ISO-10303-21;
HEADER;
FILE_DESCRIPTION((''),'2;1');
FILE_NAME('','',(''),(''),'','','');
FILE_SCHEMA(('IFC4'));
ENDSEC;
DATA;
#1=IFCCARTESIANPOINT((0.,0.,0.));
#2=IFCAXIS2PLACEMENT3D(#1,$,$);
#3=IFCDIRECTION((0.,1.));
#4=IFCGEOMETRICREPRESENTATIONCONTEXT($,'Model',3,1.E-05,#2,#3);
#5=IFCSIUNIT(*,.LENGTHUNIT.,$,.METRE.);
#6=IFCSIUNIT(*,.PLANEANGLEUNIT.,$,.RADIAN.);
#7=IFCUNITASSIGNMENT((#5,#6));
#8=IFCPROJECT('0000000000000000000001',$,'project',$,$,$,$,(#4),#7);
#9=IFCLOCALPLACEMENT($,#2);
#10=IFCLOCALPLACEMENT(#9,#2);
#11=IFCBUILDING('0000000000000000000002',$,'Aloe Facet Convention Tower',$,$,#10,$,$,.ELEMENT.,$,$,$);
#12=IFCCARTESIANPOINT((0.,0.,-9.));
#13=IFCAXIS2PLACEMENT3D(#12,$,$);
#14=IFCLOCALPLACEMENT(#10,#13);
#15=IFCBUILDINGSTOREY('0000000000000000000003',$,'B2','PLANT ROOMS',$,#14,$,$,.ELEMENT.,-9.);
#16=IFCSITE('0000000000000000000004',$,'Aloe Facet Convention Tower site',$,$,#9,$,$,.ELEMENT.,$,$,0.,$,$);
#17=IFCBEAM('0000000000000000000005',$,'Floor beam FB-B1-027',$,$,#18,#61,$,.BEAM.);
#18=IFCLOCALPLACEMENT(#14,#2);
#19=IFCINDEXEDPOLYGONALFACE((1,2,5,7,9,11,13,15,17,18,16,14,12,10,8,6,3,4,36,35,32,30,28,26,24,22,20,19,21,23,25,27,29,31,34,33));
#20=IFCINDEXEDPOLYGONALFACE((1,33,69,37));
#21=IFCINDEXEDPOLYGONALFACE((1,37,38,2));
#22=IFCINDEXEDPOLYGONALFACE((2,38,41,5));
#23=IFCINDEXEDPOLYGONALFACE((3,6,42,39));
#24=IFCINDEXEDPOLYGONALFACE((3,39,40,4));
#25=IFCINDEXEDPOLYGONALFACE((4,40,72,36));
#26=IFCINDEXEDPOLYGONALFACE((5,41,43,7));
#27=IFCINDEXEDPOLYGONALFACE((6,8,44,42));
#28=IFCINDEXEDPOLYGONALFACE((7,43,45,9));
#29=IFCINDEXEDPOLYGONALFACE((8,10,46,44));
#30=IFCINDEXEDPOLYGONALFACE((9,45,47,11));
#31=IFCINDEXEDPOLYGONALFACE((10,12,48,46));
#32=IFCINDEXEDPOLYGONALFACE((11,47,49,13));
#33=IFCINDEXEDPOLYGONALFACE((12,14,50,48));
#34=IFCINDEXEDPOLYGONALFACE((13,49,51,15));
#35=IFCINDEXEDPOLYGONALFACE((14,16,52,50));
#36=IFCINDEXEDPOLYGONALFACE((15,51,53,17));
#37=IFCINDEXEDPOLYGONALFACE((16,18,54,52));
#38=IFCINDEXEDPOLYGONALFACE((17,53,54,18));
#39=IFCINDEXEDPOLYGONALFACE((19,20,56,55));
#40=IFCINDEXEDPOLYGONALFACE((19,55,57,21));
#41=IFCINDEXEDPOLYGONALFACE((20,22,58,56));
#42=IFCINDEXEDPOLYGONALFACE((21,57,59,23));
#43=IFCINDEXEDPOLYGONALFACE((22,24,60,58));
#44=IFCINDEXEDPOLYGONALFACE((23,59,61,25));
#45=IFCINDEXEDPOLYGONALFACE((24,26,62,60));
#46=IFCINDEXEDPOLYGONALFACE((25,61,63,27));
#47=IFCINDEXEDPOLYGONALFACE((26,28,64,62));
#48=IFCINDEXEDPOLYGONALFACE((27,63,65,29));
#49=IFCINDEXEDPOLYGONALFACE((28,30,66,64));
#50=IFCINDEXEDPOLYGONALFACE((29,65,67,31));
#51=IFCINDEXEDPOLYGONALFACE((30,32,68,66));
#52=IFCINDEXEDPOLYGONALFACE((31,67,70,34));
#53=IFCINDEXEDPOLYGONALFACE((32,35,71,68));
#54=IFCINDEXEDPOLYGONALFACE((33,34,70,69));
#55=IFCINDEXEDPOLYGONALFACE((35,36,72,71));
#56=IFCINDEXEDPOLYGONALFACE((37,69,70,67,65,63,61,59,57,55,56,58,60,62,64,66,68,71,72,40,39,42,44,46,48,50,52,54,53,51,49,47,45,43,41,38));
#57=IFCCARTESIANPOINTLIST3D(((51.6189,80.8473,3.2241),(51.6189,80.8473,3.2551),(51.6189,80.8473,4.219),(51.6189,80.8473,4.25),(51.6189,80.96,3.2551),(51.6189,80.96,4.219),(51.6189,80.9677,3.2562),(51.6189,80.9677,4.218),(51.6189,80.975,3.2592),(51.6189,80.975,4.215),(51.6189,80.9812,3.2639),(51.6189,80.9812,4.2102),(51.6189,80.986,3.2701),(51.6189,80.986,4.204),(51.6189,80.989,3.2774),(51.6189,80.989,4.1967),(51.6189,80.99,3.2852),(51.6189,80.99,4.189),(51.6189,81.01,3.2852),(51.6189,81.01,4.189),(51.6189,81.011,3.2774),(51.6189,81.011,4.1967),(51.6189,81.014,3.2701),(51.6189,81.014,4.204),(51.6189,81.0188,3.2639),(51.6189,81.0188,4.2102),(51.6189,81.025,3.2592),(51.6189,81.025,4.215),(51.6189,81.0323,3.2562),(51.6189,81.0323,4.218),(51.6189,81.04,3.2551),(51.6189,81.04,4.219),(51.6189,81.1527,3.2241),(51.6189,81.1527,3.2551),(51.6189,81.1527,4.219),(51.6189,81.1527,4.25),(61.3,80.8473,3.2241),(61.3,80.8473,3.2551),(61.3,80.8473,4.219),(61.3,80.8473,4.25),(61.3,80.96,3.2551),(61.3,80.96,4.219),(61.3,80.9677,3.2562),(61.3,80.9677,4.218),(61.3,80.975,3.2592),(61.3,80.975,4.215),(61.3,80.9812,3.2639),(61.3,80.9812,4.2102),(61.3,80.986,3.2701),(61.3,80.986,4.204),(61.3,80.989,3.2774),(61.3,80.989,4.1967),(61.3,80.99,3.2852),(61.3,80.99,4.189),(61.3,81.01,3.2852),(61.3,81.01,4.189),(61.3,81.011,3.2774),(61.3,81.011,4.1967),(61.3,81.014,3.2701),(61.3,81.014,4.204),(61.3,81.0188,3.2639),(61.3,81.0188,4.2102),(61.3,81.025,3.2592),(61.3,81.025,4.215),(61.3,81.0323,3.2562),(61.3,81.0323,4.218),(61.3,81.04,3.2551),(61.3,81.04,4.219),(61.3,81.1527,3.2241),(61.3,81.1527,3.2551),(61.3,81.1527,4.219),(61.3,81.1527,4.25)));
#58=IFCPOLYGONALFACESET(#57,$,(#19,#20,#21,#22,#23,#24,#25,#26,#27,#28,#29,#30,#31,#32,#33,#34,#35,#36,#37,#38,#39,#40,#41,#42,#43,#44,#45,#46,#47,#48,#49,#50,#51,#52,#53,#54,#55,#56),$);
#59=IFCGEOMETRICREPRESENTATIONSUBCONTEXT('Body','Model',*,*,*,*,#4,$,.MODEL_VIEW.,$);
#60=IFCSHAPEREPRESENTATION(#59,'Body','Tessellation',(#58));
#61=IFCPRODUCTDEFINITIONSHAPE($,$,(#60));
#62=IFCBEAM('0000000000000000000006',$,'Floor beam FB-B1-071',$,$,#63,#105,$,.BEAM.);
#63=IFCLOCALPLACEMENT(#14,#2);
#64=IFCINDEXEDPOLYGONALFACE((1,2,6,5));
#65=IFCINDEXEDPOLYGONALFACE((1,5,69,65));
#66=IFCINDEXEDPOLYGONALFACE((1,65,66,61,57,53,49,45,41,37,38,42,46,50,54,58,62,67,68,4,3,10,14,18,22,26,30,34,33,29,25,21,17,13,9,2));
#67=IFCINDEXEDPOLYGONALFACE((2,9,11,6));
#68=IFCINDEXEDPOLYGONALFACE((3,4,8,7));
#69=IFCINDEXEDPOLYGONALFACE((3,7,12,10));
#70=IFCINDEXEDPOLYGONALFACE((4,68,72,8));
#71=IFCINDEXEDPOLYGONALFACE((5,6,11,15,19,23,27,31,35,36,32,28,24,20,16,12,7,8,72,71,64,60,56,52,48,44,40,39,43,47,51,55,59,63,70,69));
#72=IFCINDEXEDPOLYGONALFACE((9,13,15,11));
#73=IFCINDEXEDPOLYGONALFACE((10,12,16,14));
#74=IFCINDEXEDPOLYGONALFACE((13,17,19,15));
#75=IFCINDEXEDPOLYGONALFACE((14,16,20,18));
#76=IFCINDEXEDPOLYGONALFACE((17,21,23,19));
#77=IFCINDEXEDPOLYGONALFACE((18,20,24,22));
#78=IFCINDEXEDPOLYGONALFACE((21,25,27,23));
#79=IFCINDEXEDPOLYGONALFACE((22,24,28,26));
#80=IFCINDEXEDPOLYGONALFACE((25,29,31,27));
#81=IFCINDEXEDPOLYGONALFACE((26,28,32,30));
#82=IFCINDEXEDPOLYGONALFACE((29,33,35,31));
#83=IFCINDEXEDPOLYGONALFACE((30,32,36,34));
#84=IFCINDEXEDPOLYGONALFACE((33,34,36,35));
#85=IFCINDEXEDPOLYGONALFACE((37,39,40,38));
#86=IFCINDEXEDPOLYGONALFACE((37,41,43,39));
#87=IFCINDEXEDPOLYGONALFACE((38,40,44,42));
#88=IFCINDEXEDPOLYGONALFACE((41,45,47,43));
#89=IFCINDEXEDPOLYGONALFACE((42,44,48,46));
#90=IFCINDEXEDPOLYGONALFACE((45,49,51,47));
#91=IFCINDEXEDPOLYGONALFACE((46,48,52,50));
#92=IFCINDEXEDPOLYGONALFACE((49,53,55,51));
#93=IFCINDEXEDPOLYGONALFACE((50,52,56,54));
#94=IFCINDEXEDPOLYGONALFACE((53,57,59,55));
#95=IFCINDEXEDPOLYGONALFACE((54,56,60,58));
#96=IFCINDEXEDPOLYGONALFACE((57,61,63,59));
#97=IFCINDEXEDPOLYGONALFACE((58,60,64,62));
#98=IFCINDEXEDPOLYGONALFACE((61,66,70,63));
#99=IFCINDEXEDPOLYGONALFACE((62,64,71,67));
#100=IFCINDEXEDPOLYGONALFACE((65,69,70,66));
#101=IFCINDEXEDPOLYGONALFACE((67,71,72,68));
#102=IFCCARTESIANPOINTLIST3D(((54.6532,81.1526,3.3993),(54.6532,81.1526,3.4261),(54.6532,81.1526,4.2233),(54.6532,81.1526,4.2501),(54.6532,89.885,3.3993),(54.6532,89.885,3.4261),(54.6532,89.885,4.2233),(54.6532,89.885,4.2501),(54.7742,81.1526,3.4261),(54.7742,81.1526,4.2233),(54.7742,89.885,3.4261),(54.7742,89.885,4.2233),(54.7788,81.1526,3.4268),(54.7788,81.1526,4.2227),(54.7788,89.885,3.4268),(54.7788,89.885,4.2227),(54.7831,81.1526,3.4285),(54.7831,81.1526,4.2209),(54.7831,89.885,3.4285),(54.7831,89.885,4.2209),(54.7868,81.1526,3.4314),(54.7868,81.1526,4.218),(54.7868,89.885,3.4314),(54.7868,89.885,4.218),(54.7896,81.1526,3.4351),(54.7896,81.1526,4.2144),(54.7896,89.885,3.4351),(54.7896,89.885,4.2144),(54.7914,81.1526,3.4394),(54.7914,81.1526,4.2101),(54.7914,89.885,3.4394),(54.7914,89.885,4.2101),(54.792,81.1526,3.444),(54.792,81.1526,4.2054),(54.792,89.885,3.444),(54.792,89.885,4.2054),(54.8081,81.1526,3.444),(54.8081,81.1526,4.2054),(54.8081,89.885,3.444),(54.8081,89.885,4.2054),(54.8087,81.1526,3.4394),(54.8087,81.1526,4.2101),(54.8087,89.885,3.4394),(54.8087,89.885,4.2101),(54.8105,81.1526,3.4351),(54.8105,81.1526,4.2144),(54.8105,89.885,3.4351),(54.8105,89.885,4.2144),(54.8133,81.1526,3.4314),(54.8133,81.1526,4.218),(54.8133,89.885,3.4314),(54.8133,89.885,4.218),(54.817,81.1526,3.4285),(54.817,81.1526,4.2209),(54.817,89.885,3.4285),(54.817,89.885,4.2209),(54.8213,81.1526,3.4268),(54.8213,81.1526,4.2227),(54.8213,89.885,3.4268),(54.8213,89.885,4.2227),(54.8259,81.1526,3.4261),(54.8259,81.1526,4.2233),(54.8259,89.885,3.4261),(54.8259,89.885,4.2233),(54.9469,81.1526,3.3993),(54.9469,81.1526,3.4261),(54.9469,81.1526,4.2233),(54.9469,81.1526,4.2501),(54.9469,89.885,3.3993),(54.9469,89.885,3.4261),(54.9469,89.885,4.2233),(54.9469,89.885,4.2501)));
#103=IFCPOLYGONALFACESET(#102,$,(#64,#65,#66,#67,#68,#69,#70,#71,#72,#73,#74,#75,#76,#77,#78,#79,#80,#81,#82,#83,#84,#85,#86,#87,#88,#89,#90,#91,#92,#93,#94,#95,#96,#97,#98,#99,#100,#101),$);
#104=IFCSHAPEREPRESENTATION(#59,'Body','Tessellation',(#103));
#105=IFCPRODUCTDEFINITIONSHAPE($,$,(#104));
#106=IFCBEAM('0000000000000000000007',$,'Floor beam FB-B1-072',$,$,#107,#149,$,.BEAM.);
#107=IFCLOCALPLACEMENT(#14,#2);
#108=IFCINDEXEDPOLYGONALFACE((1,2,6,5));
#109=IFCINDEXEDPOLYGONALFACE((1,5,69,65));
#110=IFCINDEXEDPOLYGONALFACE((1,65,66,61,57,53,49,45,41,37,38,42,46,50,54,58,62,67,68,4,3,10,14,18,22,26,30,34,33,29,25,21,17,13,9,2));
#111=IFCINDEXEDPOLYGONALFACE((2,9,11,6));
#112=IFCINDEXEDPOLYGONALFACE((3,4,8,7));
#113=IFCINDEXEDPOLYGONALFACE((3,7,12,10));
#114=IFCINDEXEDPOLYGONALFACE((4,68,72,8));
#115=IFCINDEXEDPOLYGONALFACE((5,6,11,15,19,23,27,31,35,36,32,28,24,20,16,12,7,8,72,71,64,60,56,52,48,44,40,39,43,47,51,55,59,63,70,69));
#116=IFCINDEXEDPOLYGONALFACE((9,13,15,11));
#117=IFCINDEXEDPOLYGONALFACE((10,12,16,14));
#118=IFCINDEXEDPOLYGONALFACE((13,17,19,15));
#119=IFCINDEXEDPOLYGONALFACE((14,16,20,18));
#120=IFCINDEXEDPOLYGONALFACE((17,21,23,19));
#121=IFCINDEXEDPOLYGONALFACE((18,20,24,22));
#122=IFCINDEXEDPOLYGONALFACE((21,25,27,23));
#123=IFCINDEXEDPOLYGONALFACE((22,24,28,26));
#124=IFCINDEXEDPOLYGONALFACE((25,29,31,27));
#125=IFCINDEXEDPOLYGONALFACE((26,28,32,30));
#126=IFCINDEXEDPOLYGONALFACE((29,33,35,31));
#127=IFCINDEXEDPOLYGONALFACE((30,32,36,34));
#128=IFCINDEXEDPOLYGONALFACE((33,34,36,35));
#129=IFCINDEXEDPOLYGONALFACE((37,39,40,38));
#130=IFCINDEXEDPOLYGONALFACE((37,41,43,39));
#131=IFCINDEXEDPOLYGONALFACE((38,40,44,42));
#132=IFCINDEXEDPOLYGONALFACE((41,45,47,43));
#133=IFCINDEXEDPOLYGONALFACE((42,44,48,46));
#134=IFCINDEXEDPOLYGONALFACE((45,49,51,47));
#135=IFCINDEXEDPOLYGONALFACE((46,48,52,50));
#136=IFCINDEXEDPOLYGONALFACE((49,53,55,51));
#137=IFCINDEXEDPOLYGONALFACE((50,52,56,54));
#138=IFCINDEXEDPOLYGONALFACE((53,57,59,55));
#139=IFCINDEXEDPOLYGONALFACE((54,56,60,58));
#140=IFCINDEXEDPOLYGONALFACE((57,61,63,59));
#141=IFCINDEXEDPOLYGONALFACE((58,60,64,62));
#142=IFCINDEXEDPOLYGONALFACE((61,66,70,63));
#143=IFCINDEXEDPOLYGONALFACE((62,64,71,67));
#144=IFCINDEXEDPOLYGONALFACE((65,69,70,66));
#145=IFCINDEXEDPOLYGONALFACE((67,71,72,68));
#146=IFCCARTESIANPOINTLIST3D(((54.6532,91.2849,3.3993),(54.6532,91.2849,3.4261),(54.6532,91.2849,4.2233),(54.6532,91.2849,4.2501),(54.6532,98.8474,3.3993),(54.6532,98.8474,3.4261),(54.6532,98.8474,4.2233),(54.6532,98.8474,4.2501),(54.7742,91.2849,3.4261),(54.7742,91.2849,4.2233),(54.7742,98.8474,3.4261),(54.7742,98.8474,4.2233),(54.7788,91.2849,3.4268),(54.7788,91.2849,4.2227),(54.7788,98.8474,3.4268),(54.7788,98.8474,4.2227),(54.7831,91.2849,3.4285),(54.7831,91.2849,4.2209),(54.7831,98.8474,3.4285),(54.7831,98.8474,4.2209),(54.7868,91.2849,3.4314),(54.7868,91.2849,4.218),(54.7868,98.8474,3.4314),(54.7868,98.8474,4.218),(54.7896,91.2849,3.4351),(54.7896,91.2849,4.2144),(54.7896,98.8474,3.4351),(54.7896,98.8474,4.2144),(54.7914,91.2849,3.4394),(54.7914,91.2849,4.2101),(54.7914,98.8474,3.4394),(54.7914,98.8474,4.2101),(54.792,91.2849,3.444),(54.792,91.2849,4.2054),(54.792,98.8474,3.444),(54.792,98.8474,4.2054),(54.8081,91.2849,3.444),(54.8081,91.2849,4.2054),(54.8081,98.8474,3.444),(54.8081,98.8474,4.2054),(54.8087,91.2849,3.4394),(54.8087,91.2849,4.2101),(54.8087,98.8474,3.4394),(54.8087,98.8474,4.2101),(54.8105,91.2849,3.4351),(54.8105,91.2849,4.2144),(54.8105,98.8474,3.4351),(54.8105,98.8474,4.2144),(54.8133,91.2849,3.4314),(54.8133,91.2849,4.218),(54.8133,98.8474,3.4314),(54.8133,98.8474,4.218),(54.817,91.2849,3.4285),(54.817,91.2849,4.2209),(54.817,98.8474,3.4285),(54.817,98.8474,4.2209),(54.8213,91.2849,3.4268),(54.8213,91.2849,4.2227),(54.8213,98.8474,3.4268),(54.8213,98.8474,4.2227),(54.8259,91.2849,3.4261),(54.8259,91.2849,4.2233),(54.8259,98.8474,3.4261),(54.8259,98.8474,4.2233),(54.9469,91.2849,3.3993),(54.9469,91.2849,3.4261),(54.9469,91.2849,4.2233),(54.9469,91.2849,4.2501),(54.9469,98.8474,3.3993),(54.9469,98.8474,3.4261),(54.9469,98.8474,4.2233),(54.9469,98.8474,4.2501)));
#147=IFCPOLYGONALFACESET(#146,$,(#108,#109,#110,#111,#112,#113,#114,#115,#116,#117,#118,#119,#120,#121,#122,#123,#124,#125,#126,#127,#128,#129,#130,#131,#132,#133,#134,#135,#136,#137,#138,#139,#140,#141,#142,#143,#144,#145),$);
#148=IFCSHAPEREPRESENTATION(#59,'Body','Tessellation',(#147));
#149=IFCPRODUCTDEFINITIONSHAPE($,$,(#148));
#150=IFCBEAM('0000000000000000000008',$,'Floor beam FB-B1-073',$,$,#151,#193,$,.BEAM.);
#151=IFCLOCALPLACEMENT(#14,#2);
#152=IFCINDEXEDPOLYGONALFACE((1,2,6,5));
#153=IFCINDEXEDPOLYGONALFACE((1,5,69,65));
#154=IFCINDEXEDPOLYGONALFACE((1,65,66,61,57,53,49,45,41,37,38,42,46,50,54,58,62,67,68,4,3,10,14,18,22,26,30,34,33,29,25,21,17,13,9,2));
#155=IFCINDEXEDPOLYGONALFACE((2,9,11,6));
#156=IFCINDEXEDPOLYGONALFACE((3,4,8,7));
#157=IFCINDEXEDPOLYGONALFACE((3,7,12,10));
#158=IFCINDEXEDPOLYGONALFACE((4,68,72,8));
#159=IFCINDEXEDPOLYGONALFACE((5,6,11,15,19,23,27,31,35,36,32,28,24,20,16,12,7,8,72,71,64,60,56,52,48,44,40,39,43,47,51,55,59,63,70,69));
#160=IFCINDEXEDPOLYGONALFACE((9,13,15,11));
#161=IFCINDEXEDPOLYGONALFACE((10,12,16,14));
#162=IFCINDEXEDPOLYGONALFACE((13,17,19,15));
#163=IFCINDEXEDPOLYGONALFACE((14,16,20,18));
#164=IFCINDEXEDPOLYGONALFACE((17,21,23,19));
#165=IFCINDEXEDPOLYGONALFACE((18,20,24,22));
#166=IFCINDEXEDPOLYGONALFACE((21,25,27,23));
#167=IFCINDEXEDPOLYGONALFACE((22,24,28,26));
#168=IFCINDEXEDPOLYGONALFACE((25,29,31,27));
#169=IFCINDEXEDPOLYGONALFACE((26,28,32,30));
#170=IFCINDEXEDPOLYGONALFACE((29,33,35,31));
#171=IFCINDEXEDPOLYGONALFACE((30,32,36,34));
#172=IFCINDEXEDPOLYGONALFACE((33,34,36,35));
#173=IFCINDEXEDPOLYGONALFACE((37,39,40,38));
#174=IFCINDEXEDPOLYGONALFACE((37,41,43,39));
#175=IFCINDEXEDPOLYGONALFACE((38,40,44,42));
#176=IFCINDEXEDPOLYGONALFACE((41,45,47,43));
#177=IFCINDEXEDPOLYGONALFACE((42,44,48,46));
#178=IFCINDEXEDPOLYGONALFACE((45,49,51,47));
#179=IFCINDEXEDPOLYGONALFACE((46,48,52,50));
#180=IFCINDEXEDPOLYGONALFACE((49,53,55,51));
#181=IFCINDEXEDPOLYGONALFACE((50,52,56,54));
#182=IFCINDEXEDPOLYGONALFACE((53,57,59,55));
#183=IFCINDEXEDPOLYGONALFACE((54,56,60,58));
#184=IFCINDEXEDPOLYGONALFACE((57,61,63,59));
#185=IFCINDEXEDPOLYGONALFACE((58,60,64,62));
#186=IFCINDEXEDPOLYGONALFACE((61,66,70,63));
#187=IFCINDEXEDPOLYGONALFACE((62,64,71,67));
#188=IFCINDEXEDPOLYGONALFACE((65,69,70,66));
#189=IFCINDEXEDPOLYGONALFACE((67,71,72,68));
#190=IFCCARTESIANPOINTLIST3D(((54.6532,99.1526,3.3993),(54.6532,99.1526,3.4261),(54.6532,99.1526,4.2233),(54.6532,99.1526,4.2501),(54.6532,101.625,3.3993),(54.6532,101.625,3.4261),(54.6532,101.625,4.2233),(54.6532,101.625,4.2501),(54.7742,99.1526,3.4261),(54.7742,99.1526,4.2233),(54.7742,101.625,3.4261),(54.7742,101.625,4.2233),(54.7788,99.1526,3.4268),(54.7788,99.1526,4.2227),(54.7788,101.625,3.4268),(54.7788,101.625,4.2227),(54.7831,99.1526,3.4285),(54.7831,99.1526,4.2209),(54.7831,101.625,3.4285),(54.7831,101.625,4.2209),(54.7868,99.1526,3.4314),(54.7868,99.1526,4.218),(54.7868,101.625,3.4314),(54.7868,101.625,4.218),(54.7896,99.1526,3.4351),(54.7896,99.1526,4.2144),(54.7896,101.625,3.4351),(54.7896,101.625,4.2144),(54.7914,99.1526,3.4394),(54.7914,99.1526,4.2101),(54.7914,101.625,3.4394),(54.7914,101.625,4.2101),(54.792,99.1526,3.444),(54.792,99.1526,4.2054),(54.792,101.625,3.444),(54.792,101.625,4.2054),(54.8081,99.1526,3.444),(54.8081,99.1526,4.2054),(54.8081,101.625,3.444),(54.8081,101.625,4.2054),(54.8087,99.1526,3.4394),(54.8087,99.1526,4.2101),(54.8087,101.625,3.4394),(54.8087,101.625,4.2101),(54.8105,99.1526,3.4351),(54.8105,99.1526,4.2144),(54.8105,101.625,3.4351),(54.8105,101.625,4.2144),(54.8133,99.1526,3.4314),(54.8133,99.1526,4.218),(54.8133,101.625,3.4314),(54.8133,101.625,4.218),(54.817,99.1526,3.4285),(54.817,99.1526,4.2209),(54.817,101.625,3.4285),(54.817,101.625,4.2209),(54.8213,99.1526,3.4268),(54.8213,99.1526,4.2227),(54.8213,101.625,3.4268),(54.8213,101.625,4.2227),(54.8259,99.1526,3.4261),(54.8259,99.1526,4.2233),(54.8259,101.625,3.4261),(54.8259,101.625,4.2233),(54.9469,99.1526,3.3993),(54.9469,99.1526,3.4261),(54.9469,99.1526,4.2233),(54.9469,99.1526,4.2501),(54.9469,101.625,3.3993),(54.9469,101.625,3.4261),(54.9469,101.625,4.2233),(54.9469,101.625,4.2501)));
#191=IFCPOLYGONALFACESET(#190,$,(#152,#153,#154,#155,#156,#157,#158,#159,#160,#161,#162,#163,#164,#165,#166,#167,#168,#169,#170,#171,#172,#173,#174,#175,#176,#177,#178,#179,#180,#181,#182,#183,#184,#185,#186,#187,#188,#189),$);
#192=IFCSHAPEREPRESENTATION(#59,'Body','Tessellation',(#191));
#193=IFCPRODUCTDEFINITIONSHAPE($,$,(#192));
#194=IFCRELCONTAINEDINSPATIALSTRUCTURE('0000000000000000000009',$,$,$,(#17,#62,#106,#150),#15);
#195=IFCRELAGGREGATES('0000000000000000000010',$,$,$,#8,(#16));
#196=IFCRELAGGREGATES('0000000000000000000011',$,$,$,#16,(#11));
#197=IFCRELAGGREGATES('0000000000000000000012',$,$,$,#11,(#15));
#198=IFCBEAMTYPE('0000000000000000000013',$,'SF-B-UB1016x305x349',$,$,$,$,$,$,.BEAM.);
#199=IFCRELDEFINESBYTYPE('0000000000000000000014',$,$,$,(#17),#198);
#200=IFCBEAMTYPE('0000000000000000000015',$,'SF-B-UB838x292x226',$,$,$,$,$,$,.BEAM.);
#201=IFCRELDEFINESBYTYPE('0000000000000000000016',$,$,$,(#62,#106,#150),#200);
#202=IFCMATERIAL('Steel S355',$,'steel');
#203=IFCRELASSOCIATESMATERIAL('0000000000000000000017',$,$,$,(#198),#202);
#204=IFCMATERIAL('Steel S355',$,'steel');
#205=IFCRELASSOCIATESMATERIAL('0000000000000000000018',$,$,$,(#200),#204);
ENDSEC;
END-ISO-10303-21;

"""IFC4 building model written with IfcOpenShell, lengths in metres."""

from ifc_helpers import new_model, si_unit, direction, frame, origin, origin_2d, place, context, subcontext, project, spatial, i_section, extrude, material, material_profile, profile_set, type_object, element, save


model = new_model("IFC4")

# Units and contexts
model_context = context("Model", 3, precision=1e-05, world=origin(), true_north=direction((0.0, 1.0)))
body_context = subcontext(model_context, "Body", "Model", "MODEL_VIEW")
ifc_project = project(units=[si_unit("LENGTHUNIT", "METRE"), si_unit("PLANEANGLEUNIT", "RADIAN")], contexts=[model_context])

# Site, building, storey
site_placement = place(None, origin())
site = spatial("IfcSite", under=ifc_project, at=site_placement, Name="Aloe Facet Convention Tower site", CompositionType="ELEMENT", RefElevation=0.0)
building_placement = place(site_placement, origin())
building = spatial("IfcBuilding", under=site, at=building_placement, Name="Aloe Facet Convention Tower", CompositionType="ELEMENT")
storey_placement = place(building_placement, frame((0.0, 0.0, -9.0)))
storey = spatial("IfcBuildingStorey", under=building, at=storey_placement, Name="B2", Description="PLANT ROOMS", CompositionType="ELEMENT", Elevation=-9.0)

# Beams
ifc_material_1 = material(Name="Steel S355", Category="steel")
ifc_material_profile_1 = material_profile(ifc_material_1, i_section(OverallWidth=0.3054, OverallDepth=1.0259, WebThickness=0.02, FlangeThickness=0.031, FilletRadius=0.03, at=origin_2d()), Name="UB 1016x305x349")
ifc_profile_set_1 = profile_set([ifc_material_profile_1], Name="Steel S355")
beam_type_1 = type_object("IfcBeamType", Name="SF-B-UB1016x305x349", PredefinedType="BEAM", material=ifc_profile_set_1)
beam_1_placement = place(storey_placement, frame((51.6189, 81.0, 3.7371), z_axis=(1.0, 0.0, 0.0), x_axis=(0.0, 1.0, 0.0)))
element("IfcBeam", 1, at=beam_1_placement, inside=storey, type_object=beam_type_1, Name="Floor beam FB-B1-027", PredefinedType="BEAM", context=body_context, shape_type="SweptSolid", body=[
    extrude(i_section(OverallWidth=0.3054, OverallDepth=1.0259, WebThickness=0.02, FlangeThickness=0.031, FilletRadius=0.03, at=origin_2d()), origin(), (0.0, 0.0, 1.0), 9.6812),
])
ifc_material_2 = material(Name="Steel S355", Category="steel")
ifc_material_profile_2 = material_profile(ifc_material_2, i_section(OverallWidth=0.2937, OverallDepth=0.8508, WebThickness=0.0161, FlangeThickness=0.0269, FilletRadius=0.0178, at=origin_2d()), Name="UB 838x292x226")
ifc_profile_set_2 = profile_set([ifc_material_profile_2], Name="Steel S355")
beam_type_2 = type_object("IfcBeamType", Name="SF-B-UB838x292x226", PredefinedType="BEAM", material=ifc_profile_set_2)
beam_2_placement = place(storey_placement, frame((54.8, 81.1526, 3.8247), z_axis=(0.0, 1.0, 0.0), x_axis=(-1.0, 0.0, 0.0)))
element("IfcBeam", 2, at=beam_2_placement, inside=storey, type_object=beam_type_2, Name="Floor beam FB-B1-071", PredefinedType="BEAM", context=body_context, shape_type="SweptSolid", body=[
    extrude(i_section(OverallWidth=0.2937, OverallDepth=0.8508, WebThickness=0.0161, FlangeThickness=0.0269, FilletRadius=0.0178, at=origin_2d()), origin(), (0.0, 0.0, 1.0), 8.7324),
])
beam_3_placement = place(storey_placement, frame((54.8, 91.2849, 3.8247), z_axis=(0.0, 1.0, 0.0), x_axis=(-1.0, 0.0, 0.0)))
element("IfcBeam", 3, at=beam_3_placement, inside=storey, type_object=beam_type_2, Name="Floor beam FB-B1-072", PredefinedType="BEAM", context=body_context, shape_type="SweptSolid", body=[
    extrude(i_section(OverallWidth=0.2937, OverallDepth=0.8508, WebThickness=0.0161, FlangeThickness=0.0269, FilletRadius=0.0178, at=origin_2d()), origin(), (0.0, 0.0, 1.0), 7.5625),
])
beam_4_placement = place(storey_placement, frame((54.8, 99.1526, 3.8247), z_axis=(0.0, 1.0, 0.0), x_axis=(-1.0, 0.0, 0.0)))
element("IfcBeam", 4, at=beam_4_placement, inside=storey, type_object=beam_type_2, Name="Floor beam FB-B1-073", PredefinedType="BEAM", context=body_context, shape_type="SweptSolid", body=[
    extrude(i_section(OverallWidth=0.2937, OverallDepth=0.8508, WebThickness=0.0161, FlangeThickness=0.0269, FilletRadius=0.0178, at=origin_2d()), origin(), (0.0, 0.0, 1.0), 2.4724),
])

save(model, "model.ifc")
